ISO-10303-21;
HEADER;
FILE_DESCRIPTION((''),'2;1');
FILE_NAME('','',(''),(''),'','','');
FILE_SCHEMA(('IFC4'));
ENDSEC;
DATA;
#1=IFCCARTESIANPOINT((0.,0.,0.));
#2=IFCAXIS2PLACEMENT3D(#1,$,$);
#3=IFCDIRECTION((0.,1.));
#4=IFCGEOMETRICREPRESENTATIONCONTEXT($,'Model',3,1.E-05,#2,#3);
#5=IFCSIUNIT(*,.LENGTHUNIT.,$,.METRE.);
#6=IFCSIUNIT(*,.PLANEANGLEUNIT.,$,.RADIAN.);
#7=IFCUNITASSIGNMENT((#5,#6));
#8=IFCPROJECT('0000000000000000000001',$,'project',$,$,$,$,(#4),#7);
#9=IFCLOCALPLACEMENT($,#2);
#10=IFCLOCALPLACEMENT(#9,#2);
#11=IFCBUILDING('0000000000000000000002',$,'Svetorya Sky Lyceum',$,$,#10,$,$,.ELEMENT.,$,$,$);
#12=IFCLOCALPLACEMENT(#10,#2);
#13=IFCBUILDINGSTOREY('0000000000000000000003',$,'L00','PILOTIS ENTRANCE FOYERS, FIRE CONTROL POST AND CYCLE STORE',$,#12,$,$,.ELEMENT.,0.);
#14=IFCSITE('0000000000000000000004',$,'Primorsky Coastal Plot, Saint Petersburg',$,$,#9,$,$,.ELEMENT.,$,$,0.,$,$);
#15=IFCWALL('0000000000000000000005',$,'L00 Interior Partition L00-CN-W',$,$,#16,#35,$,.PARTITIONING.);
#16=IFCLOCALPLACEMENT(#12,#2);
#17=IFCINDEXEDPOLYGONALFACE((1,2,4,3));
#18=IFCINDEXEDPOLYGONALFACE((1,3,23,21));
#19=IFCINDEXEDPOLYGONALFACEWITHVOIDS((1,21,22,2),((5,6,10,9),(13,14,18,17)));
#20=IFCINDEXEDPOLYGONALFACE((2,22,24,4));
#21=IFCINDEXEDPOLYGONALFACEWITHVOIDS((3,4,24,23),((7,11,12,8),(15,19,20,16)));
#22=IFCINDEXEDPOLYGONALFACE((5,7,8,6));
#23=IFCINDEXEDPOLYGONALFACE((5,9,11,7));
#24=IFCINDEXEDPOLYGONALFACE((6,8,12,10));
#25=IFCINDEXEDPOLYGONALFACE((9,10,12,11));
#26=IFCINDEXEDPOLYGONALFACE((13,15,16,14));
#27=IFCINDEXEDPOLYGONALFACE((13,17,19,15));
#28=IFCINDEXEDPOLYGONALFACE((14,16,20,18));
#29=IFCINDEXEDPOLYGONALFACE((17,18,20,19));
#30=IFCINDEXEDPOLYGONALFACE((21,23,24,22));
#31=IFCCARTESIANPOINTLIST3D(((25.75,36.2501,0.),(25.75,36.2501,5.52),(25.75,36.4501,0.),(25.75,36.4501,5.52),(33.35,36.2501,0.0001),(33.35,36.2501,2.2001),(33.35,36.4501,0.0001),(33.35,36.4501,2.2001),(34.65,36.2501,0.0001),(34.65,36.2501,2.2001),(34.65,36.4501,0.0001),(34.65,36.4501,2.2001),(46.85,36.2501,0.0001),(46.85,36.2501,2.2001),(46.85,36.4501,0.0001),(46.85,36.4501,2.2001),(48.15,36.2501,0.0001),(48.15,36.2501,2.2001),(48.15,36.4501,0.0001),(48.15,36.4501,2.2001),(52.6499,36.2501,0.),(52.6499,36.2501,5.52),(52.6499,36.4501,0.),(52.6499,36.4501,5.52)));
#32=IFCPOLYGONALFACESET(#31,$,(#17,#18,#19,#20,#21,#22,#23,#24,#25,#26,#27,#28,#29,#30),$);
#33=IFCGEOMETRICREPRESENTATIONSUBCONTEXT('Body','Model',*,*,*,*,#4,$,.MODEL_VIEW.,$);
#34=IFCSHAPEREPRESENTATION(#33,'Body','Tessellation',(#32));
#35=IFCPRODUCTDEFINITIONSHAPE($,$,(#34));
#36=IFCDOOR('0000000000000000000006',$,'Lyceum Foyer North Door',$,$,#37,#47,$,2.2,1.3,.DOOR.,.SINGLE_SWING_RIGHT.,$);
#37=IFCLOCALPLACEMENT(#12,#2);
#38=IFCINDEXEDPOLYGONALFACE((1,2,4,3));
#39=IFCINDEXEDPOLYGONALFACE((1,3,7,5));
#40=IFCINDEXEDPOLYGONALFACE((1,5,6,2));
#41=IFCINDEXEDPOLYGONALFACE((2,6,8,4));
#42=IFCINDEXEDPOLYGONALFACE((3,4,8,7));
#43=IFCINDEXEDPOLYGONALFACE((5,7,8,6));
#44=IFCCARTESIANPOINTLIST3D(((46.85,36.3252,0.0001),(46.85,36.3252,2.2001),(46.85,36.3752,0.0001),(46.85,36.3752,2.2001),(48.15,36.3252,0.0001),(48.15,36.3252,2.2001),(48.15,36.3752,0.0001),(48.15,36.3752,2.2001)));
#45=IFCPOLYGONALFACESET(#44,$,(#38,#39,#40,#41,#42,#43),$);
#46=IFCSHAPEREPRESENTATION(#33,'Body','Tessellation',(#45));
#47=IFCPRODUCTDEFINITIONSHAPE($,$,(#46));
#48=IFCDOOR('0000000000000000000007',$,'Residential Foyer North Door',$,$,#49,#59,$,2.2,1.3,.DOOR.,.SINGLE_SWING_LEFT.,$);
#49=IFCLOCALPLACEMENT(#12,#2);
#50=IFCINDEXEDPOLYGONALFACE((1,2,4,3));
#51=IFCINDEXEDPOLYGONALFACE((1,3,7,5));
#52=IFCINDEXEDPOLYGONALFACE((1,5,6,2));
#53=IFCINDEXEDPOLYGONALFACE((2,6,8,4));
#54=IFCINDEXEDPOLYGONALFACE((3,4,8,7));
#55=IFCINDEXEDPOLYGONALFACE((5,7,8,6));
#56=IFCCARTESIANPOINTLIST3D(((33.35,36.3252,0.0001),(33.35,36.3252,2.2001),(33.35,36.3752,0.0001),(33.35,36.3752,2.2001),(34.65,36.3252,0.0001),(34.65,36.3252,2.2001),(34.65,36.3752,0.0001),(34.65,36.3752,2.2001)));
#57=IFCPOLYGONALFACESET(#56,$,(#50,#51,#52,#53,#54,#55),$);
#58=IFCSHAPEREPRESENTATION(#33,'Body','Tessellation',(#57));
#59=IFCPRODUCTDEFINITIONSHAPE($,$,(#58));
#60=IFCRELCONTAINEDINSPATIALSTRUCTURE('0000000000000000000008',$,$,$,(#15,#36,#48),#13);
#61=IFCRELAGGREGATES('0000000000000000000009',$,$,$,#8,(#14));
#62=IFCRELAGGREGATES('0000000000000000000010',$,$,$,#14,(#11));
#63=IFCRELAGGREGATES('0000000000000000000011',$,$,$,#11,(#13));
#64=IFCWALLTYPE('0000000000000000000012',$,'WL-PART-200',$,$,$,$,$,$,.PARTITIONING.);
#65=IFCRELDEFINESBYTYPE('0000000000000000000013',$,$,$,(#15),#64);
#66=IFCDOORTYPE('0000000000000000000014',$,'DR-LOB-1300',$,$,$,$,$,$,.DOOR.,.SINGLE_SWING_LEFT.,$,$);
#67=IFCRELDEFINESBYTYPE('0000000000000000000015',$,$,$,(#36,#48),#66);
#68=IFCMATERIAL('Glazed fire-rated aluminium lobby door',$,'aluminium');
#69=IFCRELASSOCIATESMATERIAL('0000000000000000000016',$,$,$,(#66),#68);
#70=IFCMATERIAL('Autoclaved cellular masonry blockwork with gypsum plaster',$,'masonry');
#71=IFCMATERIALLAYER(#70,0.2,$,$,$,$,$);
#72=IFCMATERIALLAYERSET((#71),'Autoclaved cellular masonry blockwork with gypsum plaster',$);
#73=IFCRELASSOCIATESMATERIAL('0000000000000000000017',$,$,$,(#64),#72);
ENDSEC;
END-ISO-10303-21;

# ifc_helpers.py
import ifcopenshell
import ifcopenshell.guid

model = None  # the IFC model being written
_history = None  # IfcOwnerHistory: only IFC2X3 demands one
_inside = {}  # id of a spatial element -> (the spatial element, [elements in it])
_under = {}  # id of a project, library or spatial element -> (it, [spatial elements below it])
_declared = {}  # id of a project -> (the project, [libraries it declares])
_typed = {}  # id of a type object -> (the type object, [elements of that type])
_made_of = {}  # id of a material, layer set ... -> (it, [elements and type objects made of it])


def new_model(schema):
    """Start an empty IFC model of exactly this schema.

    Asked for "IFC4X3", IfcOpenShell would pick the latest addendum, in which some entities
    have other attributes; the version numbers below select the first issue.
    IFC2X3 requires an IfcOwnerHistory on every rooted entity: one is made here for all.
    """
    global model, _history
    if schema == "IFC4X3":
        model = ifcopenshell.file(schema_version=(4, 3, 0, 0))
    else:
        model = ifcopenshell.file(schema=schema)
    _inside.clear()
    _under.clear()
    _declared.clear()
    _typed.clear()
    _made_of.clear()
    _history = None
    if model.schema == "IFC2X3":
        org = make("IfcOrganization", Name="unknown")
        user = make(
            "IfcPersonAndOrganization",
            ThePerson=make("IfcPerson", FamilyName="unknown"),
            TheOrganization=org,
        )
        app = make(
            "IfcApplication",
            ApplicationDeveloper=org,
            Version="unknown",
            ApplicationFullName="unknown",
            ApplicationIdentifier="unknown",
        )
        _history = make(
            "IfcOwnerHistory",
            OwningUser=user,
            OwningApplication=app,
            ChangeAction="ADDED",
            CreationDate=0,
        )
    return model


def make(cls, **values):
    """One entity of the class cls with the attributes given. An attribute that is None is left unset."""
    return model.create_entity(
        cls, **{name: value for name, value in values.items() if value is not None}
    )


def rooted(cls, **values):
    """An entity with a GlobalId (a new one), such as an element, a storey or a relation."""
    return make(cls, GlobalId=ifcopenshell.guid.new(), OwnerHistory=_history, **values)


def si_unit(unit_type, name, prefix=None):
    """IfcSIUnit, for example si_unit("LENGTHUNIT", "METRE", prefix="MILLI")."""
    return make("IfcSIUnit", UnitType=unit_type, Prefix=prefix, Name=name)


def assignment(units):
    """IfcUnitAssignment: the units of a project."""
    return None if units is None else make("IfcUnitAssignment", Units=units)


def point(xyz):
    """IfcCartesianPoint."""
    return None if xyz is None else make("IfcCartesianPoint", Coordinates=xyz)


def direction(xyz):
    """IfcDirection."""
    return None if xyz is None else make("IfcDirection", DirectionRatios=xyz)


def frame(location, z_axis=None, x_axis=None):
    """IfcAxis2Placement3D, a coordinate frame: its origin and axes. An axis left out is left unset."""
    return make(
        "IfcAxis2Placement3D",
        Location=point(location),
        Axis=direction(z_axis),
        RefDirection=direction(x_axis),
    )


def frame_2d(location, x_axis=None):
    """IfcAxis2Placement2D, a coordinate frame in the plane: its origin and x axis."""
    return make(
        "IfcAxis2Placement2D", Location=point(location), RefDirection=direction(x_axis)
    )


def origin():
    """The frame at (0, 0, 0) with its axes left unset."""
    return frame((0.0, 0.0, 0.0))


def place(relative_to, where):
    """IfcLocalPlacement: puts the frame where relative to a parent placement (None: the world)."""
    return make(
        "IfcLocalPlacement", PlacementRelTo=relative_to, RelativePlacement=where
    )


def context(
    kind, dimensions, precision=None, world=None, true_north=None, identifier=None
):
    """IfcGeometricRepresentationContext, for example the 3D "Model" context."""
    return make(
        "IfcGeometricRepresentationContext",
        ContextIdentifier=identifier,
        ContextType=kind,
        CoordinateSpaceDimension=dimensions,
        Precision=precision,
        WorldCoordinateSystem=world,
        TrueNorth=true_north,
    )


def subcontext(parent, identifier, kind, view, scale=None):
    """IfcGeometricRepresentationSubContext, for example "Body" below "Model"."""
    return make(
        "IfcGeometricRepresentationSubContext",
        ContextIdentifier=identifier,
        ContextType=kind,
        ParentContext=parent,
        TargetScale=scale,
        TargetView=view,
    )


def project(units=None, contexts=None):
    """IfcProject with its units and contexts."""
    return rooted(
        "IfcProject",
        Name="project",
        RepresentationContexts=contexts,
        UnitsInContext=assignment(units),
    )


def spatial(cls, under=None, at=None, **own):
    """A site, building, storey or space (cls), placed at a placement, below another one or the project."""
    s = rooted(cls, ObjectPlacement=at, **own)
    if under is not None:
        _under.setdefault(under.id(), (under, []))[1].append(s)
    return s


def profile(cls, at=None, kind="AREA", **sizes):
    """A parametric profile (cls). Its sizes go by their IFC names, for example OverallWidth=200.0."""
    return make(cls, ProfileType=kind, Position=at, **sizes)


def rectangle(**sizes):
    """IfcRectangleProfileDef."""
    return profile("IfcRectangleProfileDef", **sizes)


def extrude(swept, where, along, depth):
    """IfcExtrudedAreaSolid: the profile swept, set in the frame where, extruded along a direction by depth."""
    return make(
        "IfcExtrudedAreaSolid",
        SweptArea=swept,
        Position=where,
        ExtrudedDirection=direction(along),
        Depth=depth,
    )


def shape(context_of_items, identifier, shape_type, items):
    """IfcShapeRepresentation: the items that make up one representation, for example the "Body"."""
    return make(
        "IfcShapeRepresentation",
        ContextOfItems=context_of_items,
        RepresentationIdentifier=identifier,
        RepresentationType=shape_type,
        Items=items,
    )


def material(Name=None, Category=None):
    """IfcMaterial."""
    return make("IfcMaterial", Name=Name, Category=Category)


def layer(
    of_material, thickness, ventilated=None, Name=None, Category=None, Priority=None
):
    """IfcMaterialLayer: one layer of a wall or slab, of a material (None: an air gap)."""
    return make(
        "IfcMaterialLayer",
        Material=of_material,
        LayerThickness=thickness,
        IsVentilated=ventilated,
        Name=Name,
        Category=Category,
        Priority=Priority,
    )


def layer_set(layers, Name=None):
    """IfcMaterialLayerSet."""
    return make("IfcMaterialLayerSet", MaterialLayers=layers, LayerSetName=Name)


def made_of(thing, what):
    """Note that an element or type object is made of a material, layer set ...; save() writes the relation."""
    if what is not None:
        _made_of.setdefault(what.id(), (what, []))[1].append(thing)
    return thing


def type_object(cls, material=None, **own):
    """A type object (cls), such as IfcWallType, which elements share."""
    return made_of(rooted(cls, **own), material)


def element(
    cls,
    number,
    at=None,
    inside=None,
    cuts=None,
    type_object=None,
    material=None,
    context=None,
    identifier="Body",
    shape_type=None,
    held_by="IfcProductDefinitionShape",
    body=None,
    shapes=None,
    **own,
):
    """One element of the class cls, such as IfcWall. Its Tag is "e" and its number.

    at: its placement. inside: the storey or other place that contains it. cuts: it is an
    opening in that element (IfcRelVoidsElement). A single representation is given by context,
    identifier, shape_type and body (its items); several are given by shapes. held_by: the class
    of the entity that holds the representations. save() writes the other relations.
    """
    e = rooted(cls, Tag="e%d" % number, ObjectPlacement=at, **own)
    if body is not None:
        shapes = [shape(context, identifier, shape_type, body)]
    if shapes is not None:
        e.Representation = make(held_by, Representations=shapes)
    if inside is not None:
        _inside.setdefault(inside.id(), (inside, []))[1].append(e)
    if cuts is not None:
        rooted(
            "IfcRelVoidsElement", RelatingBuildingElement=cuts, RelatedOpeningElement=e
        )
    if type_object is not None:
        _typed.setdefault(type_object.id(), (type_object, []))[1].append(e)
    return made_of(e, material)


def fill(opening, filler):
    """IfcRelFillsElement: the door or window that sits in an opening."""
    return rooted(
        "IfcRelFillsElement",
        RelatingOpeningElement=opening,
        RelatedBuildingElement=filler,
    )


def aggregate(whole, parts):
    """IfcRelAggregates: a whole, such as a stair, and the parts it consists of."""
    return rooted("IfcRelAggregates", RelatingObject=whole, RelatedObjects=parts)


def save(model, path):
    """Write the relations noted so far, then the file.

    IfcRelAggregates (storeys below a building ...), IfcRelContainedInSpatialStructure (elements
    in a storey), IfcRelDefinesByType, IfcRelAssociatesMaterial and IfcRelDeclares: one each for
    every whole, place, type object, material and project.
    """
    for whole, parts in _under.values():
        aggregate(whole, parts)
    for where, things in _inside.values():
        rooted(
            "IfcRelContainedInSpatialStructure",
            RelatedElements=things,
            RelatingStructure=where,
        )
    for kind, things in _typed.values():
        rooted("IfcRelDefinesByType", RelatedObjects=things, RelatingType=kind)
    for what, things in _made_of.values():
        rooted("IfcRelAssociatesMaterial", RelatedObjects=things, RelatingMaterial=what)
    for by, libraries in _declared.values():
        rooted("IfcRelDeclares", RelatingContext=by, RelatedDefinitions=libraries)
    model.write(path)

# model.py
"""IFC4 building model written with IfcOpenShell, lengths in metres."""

from ifc_helpers import new_model, si_unit, direction, frame, frame_2d, origin, place, context, subcontext, project, spatial, rectangle, extrude, material, layer, layer_set, type_object, element, fill, save


model = new_model("IFC4")

# Units and contexts
model_context = context("Model", 3, precision=1e-05, world=origin(), true_north=direction((0.0, 1.0)))
body_context = subcontext(model_context, "Body", "Model", "MODEL_VIEW")
ifc_project = project(units=[si_unit("LENGTHUNIT", "METRE"), si_unit("PLANEANGLEUNIT", "RADIAN")], contexts=[model_context])

# Site, building, storey
site_placement = place(None, origin())
site = spatial("IfcSite", under=ifc_project, at=site_placement, Name="Primorsky Coastal Plot, Saint Petersburg", CompositionType="ELEMENT", RefElevation=0.0)
building_placement = place(site_placement, origin())
building = spatial("IfcBuilding", under=site, at=building_placement, Name="Svetorya Sky Lyceum", CompositionType="ELEMENT")
storey_placement = place(building_placement, origin())
storey = spatial("IfcBuildingStorey", under=building, at=storey_placement, Name="L00", Description="PILOTIS ENTRANCE FOYERS, FIRE CONTROL POST AND CYCLE STORE", CompositionType="ELEMENT", Elevation=0.0)

# Shared definitions
ifc_material_1 = material(Name="Glazed fire-rated aluminium lobby door", Category="aluminium")
door_type_1 = type_object("IfcDoorType", Name="DR-LOB-1300", OperationType="SINGLE_SWING_LEFT", PredefinedType="DOOR", material=ifc_material_1)

# Wall, openings, doors
ifc_material_2 = material(Name="Autoclaved cellular masonry blockwork with gypsum plaster", Category="masonry")
ifc_layer_1 = layer(ifc_material_2, 0.2)
ifc_layer_set_1 = layer_set([ifc_layer_1], Name="Autoclaved cellular masonry blockwork with gypsum plaster")
wall_type_1 = type_object("IfcWallType", Name="WL-PART-200", PredefinedType="PARTITIONING", material=ifc_layer_set_1)
wall_1_placement = place(storey_placement, frame((52.6499, 36.3501, 0.0), z_axis=(0.0, 0.0, 1.0), x_axis=(-1.0, 0.0, 0.0)))
wall_1 = element("IfcWall", 1, at=wall_1_placement, inside=storey, type_object=wall_type_1, Name="L00 Interior Partition L00-CN-W", PredefinedType="PARTITIONING", context=body_context, shape_type="SweptSolid", body=[
    extrude(rectangle(XDim=26.8999, YDim=0.2, at=frame_2d((13.45, 0.0))), origin(), (0.0, 0.0, 1.0), 5.52),
])
opening_1_placement = place(wall_1_placement, frame((4.5, 0.0, 0.0)))
opening_1 = element("IfcOpeningElement", 2, at=opening_1_placement, cuts=wall_1, PredefinedType="OPENING", context=body_context, shape_type="SweptSolid", body=[
    extrude(rectangle(XDim=1.3, YDim=2.2, at=frame_2d((0.6499, 1.1001))), frame((0.0, 0.1099, 0.0), z_axis=(0.0, -1.0, 0.0), x_axis=(1.0, 0.0, 0.0)), (0.0, 0.0, 1.0), 0.22),
])
opening_2_placement = place(wall_1_placement, frame((18.0, 0.0, 0.0)))
opening_2 = element("IfcOpeningElement", 3, at=opening_2_placement, cuts=wall_1, PredefinedType="OPENING", context=body_context, shape_type="SweptSolid", body=[
    extrude(rectangle(XDim=1.3, YDim=2.2, at=frame_2d((0.6499, 1.1001))), frame((0.0, 0.1099, 0.0), z_axis=(0.0, -1.0, 0.0), x_axis=(1.0, 0.0, 0.0)), (0.0, 0.0, 1.0), 0.22),
])
door_1_placement = place(opening_1_placement, origin())
door_1 = element("IfcDoor", 4, at=door_1_placement, inside=storey, type_object=door_type_1, Name="Lyceum Foyer North Door", OperationType="SINGLE_SWING_RIGHT", OverallHeight=2.2, OverallWidth=1.3, PredefinedType="DOOR", context=body_context, shape_type="SweptSolid", body=[
    extrude(rectangle(XDim=1.3, YDim=2.2, at=frame_2d((0.6499, 1.1001))), frame((0.0, 0.0249, 0.0), z_axis=(0.0, -1.0, 0.0), x_axis=(1.0, 0.0, 0.0)), (0.0, 0.0, 1.0), 0.05),
])
fill(opening_1, door_1)
door_2_placement = place(opening_2_placement, origin())
door_2 = element("IfcDoor", 5, at=door_2_placement, inside=storey, type_object=door_type_1, Name="Residential Foyer North Door", OperationType="SINGLE_SWING_LEFT", OverallHeight=2.2, OverallWidth=1.3, PredefinedType="DOOR", context=body_context, shape_type="SweptSolid", body=[
    extrude(rectangle(XDim=1.3, YDim=2.2, at=frame_2d((0.6499, 1.1001))), frame((0.0, 0.0249, 0.0), z_axis=(0.0, -1.0, 0.0), x_axis=(1.0, 0.0, 0.0)), (0.0, 0.0, 1.0), 0.05),
])
fill(opening_2, door_2)

save(model, "model.ifc")
